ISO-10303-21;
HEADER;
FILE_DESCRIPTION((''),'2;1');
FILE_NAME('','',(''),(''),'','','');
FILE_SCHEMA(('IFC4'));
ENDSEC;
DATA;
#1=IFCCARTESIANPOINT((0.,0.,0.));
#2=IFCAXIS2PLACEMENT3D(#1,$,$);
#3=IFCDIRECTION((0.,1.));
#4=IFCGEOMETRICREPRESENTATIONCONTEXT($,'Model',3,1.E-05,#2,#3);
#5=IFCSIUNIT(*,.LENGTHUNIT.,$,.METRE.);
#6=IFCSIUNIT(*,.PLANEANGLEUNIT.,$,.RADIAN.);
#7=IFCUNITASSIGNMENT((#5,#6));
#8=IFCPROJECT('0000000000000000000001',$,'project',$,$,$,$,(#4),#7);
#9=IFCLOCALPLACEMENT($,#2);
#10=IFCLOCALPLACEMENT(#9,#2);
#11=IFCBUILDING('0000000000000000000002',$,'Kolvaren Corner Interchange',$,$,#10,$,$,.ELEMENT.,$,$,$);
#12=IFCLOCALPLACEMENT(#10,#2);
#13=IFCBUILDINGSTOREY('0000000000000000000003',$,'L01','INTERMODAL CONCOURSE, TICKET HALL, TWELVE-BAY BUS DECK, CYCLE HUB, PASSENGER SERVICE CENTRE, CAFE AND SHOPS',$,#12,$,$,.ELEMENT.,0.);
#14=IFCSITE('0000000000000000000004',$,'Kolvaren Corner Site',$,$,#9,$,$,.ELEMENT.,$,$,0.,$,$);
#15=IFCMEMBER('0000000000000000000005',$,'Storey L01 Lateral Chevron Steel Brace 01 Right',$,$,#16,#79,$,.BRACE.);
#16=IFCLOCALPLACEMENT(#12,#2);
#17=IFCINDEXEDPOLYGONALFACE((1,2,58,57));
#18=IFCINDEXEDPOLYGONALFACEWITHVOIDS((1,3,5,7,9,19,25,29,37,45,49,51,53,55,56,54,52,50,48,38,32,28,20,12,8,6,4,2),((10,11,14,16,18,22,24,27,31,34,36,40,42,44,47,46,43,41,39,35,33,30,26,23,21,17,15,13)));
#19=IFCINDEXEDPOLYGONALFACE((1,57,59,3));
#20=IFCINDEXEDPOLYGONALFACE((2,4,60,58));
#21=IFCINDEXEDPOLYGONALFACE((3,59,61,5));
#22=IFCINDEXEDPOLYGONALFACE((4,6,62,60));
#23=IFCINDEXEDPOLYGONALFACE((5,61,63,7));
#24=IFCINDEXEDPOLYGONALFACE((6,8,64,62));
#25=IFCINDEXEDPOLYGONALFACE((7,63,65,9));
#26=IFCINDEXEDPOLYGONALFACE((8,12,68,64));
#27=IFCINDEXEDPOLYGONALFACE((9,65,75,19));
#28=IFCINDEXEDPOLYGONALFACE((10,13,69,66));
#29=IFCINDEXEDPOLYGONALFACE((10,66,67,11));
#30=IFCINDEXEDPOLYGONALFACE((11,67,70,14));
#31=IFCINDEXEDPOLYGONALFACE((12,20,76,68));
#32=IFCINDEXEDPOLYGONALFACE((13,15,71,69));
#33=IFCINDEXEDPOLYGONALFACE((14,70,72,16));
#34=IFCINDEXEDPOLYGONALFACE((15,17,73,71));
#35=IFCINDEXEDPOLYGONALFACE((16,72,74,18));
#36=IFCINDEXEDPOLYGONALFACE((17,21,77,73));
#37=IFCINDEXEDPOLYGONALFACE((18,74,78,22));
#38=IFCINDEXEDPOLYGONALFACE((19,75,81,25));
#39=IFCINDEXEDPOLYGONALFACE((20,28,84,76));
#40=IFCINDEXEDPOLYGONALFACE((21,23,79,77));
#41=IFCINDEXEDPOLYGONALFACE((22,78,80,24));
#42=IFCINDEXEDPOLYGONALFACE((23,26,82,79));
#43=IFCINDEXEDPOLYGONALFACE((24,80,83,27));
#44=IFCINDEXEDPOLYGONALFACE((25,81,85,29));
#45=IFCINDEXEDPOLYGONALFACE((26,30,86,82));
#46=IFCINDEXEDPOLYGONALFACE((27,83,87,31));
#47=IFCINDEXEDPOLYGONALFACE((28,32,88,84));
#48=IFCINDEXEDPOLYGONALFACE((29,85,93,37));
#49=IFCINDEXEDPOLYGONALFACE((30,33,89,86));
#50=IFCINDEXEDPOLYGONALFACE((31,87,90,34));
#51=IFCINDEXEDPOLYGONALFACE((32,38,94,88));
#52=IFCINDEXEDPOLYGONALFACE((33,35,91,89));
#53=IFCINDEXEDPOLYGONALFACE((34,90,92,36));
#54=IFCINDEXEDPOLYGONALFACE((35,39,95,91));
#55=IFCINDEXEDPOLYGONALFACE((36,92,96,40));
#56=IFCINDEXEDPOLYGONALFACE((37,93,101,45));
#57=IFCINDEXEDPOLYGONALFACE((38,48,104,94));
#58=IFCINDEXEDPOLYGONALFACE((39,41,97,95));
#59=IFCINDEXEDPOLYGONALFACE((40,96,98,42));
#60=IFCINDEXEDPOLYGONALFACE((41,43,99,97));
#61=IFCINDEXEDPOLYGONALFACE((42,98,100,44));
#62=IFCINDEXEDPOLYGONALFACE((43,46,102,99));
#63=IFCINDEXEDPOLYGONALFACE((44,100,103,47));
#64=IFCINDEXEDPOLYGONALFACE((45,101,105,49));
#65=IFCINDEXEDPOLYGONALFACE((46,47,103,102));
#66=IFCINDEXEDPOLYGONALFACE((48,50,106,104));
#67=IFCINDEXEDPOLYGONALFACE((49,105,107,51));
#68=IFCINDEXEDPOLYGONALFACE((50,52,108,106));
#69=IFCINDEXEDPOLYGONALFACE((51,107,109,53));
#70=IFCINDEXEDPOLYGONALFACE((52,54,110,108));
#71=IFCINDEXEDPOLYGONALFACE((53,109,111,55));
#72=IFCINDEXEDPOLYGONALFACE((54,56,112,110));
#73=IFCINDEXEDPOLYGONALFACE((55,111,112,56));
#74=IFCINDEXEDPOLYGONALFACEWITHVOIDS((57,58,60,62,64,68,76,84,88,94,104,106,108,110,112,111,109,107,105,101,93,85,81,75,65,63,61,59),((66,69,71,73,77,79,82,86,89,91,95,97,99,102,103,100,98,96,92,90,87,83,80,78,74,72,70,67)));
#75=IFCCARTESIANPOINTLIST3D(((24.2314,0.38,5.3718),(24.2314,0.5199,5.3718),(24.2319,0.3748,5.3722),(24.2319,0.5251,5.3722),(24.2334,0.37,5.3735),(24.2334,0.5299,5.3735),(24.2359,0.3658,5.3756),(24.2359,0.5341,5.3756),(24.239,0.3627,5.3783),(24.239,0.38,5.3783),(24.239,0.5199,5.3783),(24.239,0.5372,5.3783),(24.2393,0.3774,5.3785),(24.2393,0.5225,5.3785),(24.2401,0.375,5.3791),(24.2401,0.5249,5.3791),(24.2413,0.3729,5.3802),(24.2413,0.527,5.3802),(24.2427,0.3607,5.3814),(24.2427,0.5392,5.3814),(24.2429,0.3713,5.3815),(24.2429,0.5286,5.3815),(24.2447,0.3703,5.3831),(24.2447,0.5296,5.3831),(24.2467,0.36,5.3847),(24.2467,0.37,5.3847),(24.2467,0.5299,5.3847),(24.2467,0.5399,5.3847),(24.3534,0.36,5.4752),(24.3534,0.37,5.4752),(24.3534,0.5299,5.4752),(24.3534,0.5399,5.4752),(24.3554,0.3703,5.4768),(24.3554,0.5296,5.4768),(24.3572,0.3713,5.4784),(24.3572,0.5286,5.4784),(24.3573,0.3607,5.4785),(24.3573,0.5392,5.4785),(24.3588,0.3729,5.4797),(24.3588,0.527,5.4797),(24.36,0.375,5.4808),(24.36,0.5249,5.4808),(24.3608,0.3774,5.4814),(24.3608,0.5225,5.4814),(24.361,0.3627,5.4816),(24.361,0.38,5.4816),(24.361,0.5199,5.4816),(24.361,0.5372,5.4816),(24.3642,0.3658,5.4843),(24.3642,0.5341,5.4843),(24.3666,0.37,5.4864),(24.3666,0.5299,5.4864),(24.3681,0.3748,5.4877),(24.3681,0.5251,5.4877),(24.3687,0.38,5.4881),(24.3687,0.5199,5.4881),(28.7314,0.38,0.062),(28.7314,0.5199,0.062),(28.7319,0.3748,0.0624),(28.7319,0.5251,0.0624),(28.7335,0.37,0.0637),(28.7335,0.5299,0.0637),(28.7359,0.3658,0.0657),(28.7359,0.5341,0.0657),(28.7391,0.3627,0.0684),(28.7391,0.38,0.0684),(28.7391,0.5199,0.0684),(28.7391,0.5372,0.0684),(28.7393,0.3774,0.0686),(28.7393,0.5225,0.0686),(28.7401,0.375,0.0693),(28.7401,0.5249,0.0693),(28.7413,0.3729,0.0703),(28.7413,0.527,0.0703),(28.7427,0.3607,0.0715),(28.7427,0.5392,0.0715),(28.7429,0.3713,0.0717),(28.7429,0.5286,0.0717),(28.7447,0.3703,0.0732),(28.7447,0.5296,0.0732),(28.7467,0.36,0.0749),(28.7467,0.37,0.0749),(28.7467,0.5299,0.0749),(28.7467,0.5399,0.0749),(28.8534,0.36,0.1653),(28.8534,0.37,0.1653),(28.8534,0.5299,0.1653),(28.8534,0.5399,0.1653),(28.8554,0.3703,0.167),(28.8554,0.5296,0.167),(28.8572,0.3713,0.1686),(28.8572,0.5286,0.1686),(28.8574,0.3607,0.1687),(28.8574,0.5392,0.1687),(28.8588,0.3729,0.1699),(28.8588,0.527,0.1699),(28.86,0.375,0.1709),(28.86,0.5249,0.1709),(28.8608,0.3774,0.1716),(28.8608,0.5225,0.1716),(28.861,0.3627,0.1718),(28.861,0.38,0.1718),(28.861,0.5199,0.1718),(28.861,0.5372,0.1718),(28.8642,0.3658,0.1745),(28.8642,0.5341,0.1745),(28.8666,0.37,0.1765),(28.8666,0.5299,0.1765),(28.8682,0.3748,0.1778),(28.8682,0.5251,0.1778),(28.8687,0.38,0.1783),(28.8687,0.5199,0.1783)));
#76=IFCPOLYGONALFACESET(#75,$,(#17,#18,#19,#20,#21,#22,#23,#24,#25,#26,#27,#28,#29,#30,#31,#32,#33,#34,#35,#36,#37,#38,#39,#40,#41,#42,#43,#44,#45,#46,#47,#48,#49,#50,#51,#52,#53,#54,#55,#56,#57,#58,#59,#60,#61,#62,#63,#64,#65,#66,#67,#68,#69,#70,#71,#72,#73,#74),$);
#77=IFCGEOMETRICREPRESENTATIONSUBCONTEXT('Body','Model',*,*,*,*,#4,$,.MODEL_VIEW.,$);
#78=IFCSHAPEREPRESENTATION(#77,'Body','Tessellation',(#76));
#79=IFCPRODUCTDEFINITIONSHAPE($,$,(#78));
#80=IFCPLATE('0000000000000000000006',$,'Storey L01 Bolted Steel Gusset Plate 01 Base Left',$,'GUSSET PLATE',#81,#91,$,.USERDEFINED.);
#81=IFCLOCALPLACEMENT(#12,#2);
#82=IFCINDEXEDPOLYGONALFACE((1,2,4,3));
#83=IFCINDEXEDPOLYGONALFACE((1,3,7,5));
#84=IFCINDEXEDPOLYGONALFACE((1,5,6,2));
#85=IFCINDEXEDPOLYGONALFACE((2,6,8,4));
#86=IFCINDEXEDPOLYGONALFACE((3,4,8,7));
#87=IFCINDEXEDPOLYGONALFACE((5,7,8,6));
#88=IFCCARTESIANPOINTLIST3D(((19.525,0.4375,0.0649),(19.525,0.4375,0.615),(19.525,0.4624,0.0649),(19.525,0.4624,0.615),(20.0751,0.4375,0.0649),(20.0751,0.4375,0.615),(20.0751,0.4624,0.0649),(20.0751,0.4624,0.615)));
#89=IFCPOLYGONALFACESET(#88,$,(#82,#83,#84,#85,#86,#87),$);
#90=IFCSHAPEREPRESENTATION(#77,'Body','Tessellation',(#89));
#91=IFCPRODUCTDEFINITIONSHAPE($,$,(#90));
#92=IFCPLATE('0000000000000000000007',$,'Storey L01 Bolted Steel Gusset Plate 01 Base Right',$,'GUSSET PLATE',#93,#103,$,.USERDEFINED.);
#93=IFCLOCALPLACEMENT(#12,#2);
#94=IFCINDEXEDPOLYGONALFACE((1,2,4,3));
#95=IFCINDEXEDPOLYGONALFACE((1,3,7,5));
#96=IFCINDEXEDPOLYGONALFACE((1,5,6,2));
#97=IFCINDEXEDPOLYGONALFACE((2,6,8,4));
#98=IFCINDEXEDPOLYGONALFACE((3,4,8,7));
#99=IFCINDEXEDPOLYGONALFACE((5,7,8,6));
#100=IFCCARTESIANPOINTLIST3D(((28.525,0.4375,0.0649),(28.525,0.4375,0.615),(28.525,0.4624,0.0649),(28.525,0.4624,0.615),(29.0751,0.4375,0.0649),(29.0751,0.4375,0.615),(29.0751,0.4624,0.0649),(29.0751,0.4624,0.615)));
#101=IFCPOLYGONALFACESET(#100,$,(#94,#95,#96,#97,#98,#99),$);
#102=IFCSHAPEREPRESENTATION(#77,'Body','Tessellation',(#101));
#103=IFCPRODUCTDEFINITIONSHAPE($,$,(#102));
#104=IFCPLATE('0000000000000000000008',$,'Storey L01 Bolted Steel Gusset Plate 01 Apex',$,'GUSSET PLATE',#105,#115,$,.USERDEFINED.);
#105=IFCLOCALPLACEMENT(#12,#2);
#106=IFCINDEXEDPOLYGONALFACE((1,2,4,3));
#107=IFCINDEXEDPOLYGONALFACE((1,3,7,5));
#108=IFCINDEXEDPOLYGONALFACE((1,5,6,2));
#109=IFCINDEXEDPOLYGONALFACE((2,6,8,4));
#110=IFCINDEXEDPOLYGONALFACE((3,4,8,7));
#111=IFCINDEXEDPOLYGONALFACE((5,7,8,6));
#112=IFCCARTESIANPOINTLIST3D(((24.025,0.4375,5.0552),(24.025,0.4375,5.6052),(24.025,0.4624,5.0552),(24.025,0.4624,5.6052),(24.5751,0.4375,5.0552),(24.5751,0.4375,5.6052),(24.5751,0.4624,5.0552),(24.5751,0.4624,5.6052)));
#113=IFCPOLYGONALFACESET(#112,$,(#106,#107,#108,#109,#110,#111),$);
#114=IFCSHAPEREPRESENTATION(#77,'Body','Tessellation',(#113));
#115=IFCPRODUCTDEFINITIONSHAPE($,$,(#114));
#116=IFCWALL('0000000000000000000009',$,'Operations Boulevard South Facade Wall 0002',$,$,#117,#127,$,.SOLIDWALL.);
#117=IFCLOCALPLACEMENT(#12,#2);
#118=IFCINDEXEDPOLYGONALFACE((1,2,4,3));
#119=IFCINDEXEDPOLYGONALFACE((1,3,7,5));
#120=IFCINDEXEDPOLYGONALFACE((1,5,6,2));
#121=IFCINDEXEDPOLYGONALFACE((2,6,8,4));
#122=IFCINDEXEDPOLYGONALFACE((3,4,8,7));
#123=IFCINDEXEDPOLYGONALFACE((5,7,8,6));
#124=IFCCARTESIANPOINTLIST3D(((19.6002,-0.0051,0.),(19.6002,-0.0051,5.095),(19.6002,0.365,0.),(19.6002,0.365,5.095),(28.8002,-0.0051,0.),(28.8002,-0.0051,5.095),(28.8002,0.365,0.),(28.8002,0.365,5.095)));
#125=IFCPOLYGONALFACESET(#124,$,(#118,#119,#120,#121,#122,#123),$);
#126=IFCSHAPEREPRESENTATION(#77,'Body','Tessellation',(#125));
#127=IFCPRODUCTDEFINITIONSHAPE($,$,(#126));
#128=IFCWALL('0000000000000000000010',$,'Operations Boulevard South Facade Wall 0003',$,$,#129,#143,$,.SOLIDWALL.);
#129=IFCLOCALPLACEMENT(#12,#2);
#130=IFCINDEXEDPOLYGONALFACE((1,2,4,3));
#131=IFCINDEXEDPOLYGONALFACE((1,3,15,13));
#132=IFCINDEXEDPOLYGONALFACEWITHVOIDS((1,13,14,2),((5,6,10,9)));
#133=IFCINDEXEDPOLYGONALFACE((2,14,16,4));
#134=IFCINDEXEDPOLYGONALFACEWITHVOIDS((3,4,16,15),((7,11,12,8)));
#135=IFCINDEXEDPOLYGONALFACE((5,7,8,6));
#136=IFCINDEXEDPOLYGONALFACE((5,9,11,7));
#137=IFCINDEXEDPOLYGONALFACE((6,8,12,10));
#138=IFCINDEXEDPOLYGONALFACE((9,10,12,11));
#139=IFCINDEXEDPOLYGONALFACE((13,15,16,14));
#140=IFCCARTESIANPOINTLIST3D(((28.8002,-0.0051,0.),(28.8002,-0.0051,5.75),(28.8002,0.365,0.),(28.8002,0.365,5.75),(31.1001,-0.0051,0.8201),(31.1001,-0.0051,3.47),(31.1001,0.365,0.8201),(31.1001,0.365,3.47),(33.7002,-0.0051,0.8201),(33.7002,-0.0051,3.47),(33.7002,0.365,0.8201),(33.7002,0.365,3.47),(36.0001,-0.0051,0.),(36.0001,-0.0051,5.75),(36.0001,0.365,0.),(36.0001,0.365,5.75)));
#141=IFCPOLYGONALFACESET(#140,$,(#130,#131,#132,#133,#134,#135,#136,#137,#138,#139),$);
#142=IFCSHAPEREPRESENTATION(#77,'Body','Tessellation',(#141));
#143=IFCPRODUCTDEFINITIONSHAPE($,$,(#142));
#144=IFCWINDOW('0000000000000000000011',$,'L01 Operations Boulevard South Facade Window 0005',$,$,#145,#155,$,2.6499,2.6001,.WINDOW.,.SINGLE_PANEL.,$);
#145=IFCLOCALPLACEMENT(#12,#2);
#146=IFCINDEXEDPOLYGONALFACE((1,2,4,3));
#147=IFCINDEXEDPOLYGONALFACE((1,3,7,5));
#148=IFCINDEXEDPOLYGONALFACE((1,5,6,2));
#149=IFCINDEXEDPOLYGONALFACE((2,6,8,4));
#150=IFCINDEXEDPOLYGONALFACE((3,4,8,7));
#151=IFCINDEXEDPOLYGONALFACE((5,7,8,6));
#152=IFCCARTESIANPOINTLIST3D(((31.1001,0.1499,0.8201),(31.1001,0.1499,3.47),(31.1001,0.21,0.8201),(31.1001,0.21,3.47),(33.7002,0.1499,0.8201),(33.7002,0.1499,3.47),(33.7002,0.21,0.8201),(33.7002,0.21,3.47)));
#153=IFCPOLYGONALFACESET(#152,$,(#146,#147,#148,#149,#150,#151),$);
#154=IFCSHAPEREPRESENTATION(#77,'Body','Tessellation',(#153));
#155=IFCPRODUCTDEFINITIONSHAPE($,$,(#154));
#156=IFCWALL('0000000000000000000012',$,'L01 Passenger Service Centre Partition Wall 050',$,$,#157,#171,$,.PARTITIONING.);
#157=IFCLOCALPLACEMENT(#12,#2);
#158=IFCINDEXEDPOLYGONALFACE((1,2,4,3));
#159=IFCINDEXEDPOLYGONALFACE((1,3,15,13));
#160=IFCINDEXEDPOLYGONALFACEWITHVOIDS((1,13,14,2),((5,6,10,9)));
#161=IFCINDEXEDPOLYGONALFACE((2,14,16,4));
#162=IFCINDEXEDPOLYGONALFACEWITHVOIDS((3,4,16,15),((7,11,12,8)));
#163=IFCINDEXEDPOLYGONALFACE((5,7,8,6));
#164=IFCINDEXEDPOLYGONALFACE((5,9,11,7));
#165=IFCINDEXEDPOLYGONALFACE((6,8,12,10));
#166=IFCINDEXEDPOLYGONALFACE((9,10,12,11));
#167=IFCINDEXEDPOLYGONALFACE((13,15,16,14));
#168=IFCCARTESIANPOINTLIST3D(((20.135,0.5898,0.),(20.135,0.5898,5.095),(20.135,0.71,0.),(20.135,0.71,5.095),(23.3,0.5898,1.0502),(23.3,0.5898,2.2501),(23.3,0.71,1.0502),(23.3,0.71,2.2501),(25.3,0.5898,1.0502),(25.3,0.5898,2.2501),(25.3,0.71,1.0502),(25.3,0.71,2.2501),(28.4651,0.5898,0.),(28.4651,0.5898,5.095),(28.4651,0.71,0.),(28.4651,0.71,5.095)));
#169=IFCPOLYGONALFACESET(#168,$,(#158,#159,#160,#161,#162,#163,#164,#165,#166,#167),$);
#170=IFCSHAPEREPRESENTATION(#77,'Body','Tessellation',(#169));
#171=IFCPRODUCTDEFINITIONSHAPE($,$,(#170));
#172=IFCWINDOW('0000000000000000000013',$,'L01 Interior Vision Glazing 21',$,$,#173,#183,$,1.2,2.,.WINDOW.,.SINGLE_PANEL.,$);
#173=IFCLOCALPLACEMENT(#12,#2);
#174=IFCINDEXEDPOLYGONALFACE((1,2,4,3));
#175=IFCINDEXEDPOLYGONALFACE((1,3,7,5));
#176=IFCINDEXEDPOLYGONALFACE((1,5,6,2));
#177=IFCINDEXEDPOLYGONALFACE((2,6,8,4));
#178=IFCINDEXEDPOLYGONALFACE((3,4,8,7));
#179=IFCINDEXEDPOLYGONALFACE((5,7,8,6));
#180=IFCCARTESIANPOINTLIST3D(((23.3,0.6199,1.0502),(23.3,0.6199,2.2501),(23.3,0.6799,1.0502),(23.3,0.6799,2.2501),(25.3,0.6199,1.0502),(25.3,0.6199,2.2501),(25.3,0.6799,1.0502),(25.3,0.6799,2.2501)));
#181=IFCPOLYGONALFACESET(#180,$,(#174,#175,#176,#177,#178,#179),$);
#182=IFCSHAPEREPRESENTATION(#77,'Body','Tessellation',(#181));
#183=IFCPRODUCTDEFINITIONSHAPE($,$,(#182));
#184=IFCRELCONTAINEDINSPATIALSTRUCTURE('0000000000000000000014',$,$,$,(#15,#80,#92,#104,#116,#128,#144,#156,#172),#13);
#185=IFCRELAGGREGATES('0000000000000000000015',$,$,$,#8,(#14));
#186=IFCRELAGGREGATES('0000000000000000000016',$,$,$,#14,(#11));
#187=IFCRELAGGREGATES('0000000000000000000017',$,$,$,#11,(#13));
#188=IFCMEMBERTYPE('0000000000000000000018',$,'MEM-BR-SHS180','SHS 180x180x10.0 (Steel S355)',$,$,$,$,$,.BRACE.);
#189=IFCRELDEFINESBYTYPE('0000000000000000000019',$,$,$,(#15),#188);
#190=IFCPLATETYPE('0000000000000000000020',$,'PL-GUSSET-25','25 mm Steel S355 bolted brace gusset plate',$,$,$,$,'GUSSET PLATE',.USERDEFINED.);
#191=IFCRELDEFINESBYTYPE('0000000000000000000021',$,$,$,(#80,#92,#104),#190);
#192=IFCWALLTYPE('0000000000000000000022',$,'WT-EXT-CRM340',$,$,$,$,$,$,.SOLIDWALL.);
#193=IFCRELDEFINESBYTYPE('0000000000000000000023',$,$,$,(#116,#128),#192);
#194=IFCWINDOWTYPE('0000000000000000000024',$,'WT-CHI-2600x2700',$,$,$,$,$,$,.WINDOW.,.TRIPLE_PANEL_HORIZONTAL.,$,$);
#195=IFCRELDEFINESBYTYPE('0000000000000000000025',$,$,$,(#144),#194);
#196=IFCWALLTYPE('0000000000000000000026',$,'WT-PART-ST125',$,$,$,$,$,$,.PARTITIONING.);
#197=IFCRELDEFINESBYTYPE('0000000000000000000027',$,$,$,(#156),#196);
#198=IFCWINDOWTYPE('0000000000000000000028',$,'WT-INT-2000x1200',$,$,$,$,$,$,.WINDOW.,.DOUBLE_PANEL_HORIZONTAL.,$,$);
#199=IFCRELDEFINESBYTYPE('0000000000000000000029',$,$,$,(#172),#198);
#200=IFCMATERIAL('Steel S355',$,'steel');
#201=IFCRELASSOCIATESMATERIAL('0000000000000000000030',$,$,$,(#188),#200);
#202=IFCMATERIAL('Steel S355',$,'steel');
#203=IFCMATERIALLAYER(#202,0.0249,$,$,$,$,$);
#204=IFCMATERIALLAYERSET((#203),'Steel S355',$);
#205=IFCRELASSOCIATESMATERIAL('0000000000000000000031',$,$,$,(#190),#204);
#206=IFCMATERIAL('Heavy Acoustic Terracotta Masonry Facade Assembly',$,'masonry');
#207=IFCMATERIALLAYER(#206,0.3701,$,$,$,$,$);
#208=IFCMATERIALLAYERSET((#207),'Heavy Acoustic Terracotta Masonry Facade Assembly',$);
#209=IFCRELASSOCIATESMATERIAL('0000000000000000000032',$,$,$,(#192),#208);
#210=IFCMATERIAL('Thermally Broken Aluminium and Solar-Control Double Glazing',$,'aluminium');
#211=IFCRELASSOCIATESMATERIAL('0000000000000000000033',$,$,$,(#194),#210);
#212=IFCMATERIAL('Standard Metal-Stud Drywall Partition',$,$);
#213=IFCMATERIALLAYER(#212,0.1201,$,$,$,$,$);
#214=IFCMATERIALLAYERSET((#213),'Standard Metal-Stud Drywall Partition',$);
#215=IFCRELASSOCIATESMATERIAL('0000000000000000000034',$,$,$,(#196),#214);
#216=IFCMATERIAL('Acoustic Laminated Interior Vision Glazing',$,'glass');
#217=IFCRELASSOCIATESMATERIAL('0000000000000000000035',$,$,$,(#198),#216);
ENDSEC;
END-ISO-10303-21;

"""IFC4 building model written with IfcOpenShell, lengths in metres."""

from ifc_helpers import new_model, si_unit, direction, frame, frame_2d, origin, origin_2d, place, context, subcontext, project, spatial, rectangle, hollow_rectangle, extrude, material, layer, layer_set, material_profile, profile_set, type_object, element, fill, save


model = new_model("IFC4")

# Units and contexts
model_context = context("Model", 3, precision=1e-05, world=origin(), true_north=direction((0.0, 1.0)))
body_context = subcontext(model_context, "Body", "Model", "MODEL_VIEW")
ifc_project = project(units=[si_unit("LENGTHUNIT", "METRE"), si_unit("PLANEANGLEUNIT", "RADIAN")], contexts=[model_context])

# Site, building, storey
site_placement = place(None, origin())
site = spatial("IfcSite", under=ifc_project, at=site_placement, Name="Kolvaren Corner Site", CompositionType="ELEMENT", RefElevation=0.0)
building_placement = place(site_placement, origin())
building = spatial("IfcBuilding", under=site, at=building_placement, Name="Kolvaren Corner Interchange", CompositionType="ELEMENT")
storey_placement = place(building_placement, origin())
storey = spatial("IfcBuildingStorey", under=building, at=storey_placement, Name="L01", Description="INTERMODAL CONCOURSE, TICKET HALL, TWELVE-BAY BUS DECK, CYCLE HUB, PASSENGER SERVICE CENTRE, CAFE AND SHOPS", CompositionType="ELEMENT", Elevation=0.0)

# Member
ifc_material_1 = material(Name="Steel S355", Category="steel")
ifc_material_profile_1 = material_profile(ifc_material_1, hollow_rectangle(XDim=0.1799, YDim=0.1799, WallThickness=0.01, InnerFilletRadius=0.01, OuterFilletRadius=0.02, at=origin_2d()), Name="SHS 180x180x10.0")
ifc_profile_set_1 = profile_set([ifc_material_profile_1], Name="Steel S355")
member_type = type_object("IfcMemberType", Name="MEM-BR-SHS180", Description="SHS 180x180x10.0 (Steel S355)", PredefinedType="BRACE", material=ifc_profile_set_1)
for number, where, z_axis, x_axis, name in (
    (1, (28.8, 0.45, 0.1201), (-0.646535, 0.0, 0.762884), (0.0, -1.0, 0.0), "Storey L01 Lateral Chevron Steel Brace 01 Right"),
):
    element("IfcMember", number, at=place(storey_placement, frame(where, z_axis=z_axis, x_axis=x_axis)), inside=storey, type_object=member_type, Name=name, PredefinedType="BRACE", context=body_context, shape_type="SweptSolid", body=[
        extrude(hollow_rectangle(XDim=0.1799, YDim=0.1799, WallThickness=0.01, InnerFilletRadius=0.01, OuterFilletRadius=0.02, at=origin_2d()), origin(), (0.0, 0.0, 1.0), 6.9602),
    ])

# Plates
ifc_material_2 = material(Name="Steel S355", Category="steel")
ifc_layer_1 = layer(ifc_material_2, 0.0249)
ifc_layer_set_1 = layer_set([ifc_layer_1], Name="Steel S355")
plate_type = type_object("IfcPlateType", Name="PL-GUSSET-25", Description="25 mm Steel S355 bolted brace gusset plate", ElementType="GUSSET PLATE", PredefinedType="USERDEFINED", material=ifc_layer_set_1)
for number, where, z_axis, x_axis, name in (
    (2, (19.8, 0.45, 0.0649), (0.0, 0.0, 1.0), (1.0, 0.0, 0.0), "Storey L01 Bolted Steel Gusset Plate 01 Base Left"),
    (3, (28.8, 0.45, 0.0649), (0.0, 0.0, 1.0), (1.0, 0.0, 0.0), "Storey L01 Bolted Steel Gusset Plate 01 Base Right"),
    (4, (24.3, 0.45, 5.0552), (0.0, 0.0, 1.0), (1.0, 0.0, 0.0), "Storey L01 Bolted Steel Gusset Plate 01 Apex"),
):
    element("IfcPlate", number, at=place(storey_placement, frame(where, z_axis=z_axis, x_axis=x_axis)), inside=storey, type_object=plate_type, Name=name, ObjectType="GUSSET PLATE", PredefinedType="USERDEFINED", context=body_context, shape_type="SweptSolid", body=[
        extrude(rectangle(XDim=0.55, YDim=0.0249, at=origin_2d()), origin(), (0.0, 0.0, 1.0), 0.55),
    ])

# Wall
ifc_material_3 = material(Name="Heavy Acoustic Terracotta Masonry Facade Assembly", Category="masonry")
ifc_layer_2 = layer(ifc_material_3, 0.3701)
ifc_layer_set_2 = layer_set([ifc_layer_2], Name="Heavy Acoustic Terracotta Masonry Facade Assembly")
wall_type_1 = type_object("IfcWallType", Name="WT-EXT-CRM340", PredefinedType="SOLIDWALL", material=ifc_layer_set_2)
wall_1_placement = place(storey_placement, frame((19.6001, 0.1799, 0.0), z_axis=(0.0, 0.0, 1.0), x_axis=(1.0, 0.0, 0.0)))
element("IfcWall", 5, at=wall_1_placement, inside=storey, type_object=wall_type_1, Name="Operations Boulevard South Facade Wall 0002", PredefinedType="SOLIDWALL", context=body_context, shape_type="SweptSolid", body=[
    extrude(rectangle(XDim=9.2, YDim=0.3701, at=frame_2d((4.6001, 0.0))), origin(), (0.0, 0.0, 1.0), 5.095),
])

# Walls, openings, windows
wall_2_placement = place(storey_placement, frame((28.8, 0.1799, 0.0), z_axis=(0.0, 0.0, 1.0), x_axis=(1.0, 0.0, 0.0)))
wall_2 = element("IfcWall", 6, at=wall_2_placement, inside=storey, type_object=wall_type_1, Name="Operations Boulevard South Facade Wall 0003", PredefinedType="SOLIDWALL", context=body_context, shape_type="SweptSolid", body=[
    extrude(rectangle(XDim=7.2, YDim=0.3701, at=frame_2d((3.6001, 0.0))), origin(), (0.0, 0.0, 1.0), 5.75),
])
opening_1_placement = place(wall_2_placement, frame((2.3, 0.0, 0.8201)))
opening_1 = element("IfcOpeningElement", 7, at=opening_1_placement, cuts=wall_2, PredefinedType="OPENING", context=body_context, shape_type="SweptSolid", body=[
    extrude(rectangle(XDim=2.6001, YDim=2.6499, at=frame_2d((1.3, 1.325))), frame((0.0, 0.1951, 0.0), z_axis=(0.0, -1.0, 0.0), x_axis=(1.0, 0.0, 0.0)), (0.0, 0.0, 1.0), 0.3901),
])
ifc_material_4 = material(Name="Thermally Broken Aluminium and Solar-Control Double Glazing", Category="aluminium")
window_type_1 = type_object("IfcWindowType", Name="WT-CHI-2600x2700", PartitioningType="TRIPLE_PANEL_HORIZONTAL", PredefinedType="WINDOW", material=ifc_material_4)
window_1_placement = place(opening_1_placement, origin())
window_1 = element("IfcWindow", 8, at=window_1_placement, inside=storey, type_object=window_type_1, Name="L01 Operations Boulevard South Facade Window 0005", OverallHeight=2.6499, OverallWidth=2.6001, PartitioningType="SINGLE_PANEL", PredefinedType="WINDOW", context=body_context, shape_type="SweptSolid", body=[
    extrude(rectangle(XDim=2.6001, YDim=2.6499, at=frame_2d((1.3, 1.325))), frame((0.0, 0.03, 0.0), z_axis=(0.0, -1.0, 0.0), x_axis=(1.0, 0.0, 0.0)), (0.0, 0.0, 1.0), 0.0601),
])
fill(opening_1, window_1)
ifc_material_5 = material(Name="Standard Metal-Stud Drywall Partition")
ifc_layer_3 = layer(ifc_material_5, 0.1201)
ifc_layer_set_3 = layer_set([ifc_layer_3], Name="Standard Metal-Stud Drywall Partition")
wall_type_2 = type_object("IfcWallType", Name="WT-PART-ST125", PredefinedType="PARTITIONING", material=ifc_layer_set_3)
wall_3_placement = place(storey_placement, frame((20.135, 0.6499, 0.0), z_axis=(0.0, 0.0, 1.0), x_axis=(1.0, 0.0, 0.0)))
wall_3 = element("IfcWall", 9, at=wall_3_placement, inside=storey, type_object=wall_type_2, Name="L01 Passenger Service Centre Partition Wall 050", PredefinedType="PARTITIONING", context=body_context, shape_type="SweptSolid", body=[
    extrude(rectangle(XDim=8.3301, YDim=0.1201, at=frame_2d((4.165, 0.0))), origin(), (0.0, 0.0, 1.0), 5.095),
])
opening_2_placement = place(wall_3_placement, frame((3.165, 0.0, 1.05)))
opening_2 = element("IfcOpeningElement", 10, at=opening_2_placement, cuts=wall_3, PredefinedType="OPENING", context=body_context, shape_type="SweptSolid", body=[
    extrude(rectangle(XDim=2.0, YDim=1.2, at=frame_2d((1.0, 0.6001))), frame((0.0, 0.0701, 0.0), z_axis=(0.0, -1.0, 0.0), x_axis=(1.0, 0.0, 0.0)), (0.0, 0.0, 1.0), 0.1401),
])
ifc_material_6 = material(Name="Acoustic Laminated Interior Vision Glazing", Category="glass")
window_type_2 = type_object("IfcWindowType", Name="WT-INT-2000x1200", PartitioningType="DOUBLE_PANEL_HORIZONTAL", PredefinedType="WINDOW", material=ifc_material_6)
window_2_placement = place(opening_2_placement, origin())
window_2 = element("IfcWindow", 11, at=window_2_placement, inside=storey, type_object=window_type_2, Name="L01 Interior Vision Glazing 21", OverallHeight=1.2, OverallWidth=2.0, PartitioningType="SINGLE_PANEL", PredefinedType="WINDOW", context=body_context, shape_type="SweptSolid", body=[
    extrude(rectangle(XDim=2.0, YDim=1.2, at=frame_2d((1.0, 0.6001))), frame((0.0, 0.03, 0.0), z_axis=(0.0, -1.0, 0.0), x_axis=(1.0, 0.0, 0.0)), (0.0, 0.0, 1.0), 0.0601),
])
fill(opening_2, window_2)

save(model, "model.ifc")
